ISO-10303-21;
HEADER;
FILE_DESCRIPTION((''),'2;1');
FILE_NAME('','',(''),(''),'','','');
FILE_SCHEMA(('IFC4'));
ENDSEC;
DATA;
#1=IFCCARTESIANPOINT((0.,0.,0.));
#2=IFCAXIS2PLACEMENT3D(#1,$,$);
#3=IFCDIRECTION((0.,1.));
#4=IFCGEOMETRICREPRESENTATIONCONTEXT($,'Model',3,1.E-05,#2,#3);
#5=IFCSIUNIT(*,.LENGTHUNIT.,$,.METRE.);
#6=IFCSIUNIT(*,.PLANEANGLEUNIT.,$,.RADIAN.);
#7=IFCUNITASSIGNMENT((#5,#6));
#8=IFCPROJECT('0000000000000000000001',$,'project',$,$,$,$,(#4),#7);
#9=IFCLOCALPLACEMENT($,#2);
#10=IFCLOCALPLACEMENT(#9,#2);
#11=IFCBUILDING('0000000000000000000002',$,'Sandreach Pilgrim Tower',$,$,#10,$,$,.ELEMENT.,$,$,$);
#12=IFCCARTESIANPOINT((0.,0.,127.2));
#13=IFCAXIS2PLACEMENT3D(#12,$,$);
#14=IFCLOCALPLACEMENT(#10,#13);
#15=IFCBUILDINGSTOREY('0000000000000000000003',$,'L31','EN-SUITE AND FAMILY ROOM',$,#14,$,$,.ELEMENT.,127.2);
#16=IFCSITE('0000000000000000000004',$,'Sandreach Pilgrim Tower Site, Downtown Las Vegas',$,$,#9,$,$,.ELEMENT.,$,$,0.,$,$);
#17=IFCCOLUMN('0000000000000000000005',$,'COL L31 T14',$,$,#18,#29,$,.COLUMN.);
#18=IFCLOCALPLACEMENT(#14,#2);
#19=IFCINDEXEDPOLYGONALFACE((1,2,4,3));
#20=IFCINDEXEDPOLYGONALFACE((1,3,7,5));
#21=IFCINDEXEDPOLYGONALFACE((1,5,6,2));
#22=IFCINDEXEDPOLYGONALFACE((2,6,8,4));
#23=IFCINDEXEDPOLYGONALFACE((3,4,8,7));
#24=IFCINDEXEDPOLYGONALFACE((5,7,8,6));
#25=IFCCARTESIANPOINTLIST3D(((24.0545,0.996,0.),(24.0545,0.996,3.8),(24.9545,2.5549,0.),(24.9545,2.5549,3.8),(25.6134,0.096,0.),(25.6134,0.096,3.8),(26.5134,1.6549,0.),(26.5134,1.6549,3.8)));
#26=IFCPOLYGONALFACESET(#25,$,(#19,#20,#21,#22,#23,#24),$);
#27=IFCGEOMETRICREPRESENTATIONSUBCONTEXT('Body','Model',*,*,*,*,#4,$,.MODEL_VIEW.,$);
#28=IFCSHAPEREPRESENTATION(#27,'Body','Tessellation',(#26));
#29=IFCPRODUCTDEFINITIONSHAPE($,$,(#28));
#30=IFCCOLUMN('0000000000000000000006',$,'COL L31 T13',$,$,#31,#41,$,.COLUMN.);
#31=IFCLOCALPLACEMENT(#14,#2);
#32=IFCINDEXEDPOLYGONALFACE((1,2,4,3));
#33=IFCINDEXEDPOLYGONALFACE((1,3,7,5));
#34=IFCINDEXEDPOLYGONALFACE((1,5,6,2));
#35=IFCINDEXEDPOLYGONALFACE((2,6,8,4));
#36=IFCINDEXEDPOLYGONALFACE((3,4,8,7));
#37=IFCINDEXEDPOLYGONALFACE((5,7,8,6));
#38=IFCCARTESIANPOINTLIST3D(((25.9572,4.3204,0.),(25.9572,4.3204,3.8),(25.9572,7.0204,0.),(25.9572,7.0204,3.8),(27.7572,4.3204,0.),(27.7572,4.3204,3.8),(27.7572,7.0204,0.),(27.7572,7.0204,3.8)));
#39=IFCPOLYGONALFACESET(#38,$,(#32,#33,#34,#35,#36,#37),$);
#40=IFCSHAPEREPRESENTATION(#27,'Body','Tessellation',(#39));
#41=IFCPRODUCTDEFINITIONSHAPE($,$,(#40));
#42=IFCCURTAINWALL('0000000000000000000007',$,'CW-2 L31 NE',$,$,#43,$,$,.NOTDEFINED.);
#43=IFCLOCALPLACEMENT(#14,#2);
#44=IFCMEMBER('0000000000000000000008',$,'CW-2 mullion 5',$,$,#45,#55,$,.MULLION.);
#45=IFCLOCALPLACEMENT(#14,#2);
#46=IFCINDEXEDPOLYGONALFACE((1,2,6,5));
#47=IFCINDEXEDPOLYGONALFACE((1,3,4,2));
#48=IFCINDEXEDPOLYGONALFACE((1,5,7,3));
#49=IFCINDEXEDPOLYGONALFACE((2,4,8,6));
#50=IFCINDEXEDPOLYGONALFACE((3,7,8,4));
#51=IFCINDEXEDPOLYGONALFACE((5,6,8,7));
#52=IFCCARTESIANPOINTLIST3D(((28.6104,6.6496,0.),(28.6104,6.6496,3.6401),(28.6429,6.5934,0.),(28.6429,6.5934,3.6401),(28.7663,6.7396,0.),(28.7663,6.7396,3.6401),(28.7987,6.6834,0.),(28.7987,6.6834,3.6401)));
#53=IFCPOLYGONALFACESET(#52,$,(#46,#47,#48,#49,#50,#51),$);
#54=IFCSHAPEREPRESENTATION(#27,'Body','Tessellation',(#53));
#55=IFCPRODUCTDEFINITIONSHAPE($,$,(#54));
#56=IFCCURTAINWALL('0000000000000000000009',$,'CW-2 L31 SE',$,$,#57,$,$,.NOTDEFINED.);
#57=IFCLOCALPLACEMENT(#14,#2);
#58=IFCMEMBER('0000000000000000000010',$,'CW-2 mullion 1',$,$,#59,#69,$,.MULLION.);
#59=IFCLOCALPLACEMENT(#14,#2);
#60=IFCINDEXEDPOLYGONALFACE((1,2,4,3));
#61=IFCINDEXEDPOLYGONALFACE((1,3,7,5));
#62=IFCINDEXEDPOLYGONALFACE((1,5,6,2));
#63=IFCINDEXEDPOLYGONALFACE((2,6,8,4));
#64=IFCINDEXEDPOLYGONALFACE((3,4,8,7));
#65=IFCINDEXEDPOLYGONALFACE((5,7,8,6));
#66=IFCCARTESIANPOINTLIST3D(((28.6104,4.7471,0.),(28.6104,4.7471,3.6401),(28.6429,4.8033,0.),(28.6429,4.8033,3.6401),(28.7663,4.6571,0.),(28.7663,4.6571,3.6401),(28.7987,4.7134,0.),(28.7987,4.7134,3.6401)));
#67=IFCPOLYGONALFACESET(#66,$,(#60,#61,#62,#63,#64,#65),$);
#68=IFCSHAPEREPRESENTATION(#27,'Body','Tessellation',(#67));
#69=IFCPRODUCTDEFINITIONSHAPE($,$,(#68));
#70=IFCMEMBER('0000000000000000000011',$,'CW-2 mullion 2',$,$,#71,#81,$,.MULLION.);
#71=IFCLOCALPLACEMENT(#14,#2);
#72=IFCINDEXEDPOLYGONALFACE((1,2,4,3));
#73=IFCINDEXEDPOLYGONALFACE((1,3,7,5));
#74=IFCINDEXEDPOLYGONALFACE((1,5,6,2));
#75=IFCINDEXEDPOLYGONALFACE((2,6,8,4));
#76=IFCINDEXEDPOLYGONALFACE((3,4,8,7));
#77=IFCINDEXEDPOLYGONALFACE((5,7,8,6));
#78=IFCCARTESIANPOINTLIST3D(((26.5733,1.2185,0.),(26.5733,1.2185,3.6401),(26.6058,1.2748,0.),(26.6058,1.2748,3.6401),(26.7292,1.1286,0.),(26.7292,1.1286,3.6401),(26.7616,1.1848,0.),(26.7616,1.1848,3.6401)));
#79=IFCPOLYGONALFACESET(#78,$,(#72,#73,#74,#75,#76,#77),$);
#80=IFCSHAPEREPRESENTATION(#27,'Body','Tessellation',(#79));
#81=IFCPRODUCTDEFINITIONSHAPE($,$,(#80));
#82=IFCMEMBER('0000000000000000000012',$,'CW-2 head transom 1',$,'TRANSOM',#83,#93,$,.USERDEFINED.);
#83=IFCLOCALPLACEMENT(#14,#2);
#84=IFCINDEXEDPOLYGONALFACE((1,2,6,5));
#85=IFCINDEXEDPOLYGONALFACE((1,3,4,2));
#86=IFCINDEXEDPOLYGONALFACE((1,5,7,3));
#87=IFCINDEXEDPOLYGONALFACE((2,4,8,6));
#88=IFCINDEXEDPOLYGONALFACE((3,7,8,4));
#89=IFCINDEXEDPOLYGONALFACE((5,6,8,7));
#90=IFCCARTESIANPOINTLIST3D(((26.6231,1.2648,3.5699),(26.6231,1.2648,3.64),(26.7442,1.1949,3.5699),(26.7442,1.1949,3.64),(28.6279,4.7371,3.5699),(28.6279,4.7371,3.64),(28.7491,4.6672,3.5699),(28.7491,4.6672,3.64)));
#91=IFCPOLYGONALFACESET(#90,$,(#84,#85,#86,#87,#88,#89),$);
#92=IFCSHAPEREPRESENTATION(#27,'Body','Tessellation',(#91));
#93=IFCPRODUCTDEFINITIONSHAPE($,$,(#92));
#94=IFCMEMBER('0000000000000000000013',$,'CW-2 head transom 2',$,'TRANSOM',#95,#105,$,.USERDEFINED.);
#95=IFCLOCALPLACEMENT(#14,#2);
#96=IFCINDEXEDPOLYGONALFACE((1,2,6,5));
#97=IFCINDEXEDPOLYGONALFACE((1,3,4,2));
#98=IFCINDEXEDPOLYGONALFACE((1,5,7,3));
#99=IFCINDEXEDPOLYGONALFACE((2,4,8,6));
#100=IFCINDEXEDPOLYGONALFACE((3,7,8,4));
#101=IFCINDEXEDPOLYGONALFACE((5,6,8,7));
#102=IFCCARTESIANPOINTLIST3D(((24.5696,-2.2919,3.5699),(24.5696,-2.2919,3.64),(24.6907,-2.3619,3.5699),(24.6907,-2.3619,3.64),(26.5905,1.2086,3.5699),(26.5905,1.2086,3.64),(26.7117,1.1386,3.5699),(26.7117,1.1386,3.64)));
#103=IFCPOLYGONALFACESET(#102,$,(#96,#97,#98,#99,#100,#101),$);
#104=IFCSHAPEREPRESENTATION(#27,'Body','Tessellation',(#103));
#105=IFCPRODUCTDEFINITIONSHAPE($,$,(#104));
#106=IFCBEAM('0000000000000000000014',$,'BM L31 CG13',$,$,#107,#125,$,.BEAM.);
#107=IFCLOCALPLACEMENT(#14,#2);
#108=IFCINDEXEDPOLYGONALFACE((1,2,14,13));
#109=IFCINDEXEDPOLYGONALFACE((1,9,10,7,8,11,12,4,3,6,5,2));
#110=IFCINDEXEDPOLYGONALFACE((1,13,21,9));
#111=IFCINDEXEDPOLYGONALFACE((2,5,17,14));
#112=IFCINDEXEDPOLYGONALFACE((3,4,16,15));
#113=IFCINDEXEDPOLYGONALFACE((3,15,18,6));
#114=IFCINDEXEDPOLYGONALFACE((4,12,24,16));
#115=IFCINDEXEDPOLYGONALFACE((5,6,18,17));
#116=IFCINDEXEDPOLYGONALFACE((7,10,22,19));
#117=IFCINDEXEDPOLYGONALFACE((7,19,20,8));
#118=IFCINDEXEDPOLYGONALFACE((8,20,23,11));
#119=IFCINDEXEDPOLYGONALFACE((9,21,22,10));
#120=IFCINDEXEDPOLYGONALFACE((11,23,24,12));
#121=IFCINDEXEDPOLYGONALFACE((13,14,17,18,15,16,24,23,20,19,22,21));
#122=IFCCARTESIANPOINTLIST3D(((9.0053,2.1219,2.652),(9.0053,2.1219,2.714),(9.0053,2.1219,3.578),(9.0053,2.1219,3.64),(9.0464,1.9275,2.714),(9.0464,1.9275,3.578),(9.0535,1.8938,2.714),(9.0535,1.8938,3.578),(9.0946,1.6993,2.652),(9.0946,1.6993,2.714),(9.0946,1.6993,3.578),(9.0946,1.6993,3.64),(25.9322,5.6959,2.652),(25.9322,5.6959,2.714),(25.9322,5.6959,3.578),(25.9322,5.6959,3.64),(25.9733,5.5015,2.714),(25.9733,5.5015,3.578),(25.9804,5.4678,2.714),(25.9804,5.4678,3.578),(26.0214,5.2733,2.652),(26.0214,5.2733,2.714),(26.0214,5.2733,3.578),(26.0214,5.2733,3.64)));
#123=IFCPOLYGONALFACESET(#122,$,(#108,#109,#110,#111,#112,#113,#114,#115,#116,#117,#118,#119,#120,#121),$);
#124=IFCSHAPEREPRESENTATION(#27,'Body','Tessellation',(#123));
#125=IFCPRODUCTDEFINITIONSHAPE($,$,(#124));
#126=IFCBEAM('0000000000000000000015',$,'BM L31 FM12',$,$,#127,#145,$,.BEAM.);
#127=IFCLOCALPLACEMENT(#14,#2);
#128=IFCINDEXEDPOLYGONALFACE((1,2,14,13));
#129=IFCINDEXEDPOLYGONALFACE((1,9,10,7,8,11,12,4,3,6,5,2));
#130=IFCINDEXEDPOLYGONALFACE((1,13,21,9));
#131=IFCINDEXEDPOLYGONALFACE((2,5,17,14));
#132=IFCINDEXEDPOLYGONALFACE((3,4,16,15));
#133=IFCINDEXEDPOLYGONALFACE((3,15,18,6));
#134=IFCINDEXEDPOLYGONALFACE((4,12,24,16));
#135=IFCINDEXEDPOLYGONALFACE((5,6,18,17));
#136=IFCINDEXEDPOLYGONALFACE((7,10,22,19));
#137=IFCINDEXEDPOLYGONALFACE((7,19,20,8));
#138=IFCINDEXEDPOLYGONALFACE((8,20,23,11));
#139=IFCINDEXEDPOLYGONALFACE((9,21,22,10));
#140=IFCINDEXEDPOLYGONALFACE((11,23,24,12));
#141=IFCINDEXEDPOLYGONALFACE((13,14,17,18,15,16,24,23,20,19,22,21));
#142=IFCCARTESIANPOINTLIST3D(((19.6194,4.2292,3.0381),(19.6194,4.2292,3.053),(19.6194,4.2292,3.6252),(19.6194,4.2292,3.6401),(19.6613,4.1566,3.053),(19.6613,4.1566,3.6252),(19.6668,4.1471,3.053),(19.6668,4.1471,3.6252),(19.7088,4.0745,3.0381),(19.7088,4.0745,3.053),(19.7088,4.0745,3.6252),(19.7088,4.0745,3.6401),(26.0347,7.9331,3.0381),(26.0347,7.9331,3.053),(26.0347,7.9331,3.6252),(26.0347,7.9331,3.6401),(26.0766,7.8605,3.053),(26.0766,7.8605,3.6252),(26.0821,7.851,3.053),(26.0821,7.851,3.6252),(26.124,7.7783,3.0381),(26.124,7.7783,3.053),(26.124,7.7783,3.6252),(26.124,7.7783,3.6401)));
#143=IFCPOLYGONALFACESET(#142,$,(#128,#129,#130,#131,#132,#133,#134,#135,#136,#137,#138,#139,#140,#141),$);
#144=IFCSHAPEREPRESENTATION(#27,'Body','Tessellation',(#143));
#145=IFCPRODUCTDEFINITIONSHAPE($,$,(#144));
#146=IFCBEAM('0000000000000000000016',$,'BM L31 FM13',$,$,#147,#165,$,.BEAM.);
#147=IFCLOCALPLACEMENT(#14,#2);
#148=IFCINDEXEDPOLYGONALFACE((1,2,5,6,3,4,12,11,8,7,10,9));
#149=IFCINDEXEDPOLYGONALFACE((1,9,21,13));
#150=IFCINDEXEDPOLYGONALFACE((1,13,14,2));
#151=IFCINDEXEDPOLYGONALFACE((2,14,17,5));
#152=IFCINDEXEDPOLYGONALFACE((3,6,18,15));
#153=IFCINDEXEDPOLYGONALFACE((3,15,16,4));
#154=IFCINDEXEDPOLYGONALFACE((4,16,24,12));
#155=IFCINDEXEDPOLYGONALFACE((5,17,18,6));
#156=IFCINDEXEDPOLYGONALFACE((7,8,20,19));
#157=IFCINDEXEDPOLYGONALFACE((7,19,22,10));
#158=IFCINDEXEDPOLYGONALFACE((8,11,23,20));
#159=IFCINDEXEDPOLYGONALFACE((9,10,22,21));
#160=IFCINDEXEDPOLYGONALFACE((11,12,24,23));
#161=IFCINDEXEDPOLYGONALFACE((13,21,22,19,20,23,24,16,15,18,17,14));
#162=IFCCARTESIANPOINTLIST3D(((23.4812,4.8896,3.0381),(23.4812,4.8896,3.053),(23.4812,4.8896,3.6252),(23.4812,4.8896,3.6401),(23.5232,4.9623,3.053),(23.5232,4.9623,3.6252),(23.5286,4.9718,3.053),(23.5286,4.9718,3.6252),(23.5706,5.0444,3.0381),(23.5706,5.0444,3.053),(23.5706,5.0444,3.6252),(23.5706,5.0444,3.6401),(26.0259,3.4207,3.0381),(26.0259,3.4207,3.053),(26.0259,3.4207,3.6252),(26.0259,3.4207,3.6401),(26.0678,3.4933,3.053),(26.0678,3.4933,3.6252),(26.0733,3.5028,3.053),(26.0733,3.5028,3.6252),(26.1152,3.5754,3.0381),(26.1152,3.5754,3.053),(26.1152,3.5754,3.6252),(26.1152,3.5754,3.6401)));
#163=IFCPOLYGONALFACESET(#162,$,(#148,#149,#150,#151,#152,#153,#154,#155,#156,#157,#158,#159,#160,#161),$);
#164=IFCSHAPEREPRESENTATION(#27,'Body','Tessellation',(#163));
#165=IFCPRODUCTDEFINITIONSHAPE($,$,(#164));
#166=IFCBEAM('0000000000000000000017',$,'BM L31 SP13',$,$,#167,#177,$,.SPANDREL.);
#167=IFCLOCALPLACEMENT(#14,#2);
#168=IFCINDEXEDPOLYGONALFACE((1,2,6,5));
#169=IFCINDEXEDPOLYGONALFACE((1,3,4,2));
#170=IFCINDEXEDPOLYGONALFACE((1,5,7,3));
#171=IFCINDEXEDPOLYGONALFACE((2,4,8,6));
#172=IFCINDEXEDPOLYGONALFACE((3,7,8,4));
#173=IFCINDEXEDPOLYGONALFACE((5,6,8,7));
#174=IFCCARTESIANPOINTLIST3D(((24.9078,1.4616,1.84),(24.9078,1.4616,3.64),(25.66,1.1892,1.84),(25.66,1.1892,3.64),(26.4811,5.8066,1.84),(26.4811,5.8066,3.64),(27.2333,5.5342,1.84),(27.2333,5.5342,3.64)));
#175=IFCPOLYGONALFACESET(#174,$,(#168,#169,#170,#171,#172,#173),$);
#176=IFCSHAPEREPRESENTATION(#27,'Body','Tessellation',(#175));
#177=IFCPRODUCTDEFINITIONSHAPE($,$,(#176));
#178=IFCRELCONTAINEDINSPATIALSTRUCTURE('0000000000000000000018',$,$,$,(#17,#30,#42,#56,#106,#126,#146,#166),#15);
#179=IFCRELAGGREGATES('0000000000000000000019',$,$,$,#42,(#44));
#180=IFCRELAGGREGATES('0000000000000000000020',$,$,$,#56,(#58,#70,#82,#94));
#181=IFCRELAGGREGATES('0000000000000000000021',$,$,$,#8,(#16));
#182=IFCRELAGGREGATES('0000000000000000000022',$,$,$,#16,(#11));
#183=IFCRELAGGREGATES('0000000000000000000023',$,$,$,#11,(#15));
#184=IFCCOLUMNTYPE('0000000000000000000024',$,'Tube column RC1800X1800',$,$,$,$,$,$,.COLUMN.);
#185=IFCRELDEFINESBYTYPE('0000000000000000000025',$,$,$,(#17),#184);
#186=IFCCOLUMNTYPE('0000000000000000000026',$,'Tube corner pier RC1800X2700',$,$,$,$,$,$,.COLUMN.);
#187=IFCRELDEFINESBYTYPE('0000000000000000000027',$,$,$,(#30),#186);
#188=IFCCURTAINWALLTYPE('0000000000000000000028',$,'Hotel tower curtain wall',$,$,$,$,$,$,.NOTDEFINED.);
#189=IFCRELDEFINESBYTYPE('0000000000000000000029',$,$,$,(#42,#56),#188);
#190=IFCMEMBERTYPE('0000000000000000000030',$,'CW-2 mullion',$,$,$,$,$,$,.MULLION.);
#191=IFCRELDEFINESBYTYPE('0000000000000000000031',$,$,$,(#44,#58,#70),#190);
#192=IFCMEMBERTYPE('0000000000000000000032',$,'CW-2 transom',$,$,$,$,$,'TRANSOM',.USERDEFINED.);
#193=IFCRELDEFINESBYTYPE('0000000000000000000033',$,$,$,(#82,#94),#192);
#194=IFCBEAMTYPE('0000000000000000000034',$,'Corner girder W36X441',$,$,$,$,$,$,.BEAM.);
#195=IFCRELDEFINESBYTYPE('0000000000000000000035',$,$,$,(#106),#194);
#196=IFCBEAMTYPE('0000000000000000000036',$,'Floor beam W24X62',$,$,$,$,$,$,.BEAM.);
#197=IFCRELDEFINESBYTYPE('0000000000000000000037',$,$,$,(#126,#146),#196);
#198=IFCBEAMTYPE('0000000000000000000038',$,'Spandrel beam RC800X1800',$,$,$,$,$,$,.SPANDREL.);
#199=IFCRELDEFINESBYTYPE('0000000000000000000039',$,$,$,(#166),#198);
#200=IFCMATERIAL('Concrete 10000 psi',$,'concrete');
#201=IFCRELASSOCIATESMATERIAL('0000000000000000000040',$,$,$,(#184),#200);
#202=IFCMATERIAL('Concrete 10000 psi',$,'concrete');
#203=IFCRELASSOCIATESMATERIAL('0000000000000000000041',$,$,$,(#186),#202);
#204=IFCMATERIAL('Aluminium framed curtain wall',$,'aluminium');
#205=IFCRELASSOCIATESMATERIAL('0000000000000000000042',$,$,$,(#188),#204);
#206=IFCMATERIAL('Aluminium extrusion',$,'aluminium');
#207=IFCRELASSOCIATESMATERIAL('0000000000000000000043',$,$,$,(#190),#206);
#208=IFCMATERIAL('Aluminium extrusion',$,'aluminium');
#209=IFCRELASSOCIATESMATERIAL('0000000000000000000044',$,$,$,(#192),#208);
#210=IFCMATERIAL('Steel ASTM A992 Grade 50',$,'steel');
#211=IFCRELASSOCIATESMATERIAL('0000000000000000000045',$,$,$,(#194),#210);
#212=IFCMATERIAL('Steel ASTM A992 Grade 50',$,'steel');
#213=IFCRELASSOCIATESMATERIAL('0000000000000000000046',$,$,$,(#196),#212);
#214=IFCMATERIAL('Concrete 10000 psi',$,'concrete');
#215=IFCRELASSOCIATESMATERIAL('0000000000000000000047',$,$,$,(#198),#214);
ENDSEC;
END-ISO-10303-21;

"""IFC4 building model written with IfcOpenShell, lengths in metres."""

from ifc_helpers import new_model, si_unit, direction, frame, origin, origin_2d, place, context, subcontext, project, spatial, rectangle, i_section, extrude, material, material_profile, profile_set, type_object, element, aggregate, save


model = new_model("IFC4")

# Units and contexts
model_context = context("Model", 3, precision=1e-05, world=origin(), true_north=direction((0.0, 1.0)))
body_context = subcontext(model_context, "Body", "Model", "MODEL_VIEW")
ifc_project = project(units=[si_unit("LENGTHUNIT", "METRE"), si_unit("PLANEANGLEUNIT", "RADIAN")], contexts=[model_context])

# Site, building, storey
site_placement = place(None, origin())
site = spatial("IfcSite", under=ifc_project, at=site_placement, Name="Sandreach Pilgrim Tower Site, Downtown Las Vegas", CompositionType="ELEMENT", RefElevation=0.0)
building_placement = place(site_placement, origin())
building = spatial("IfcBuilding", under=site, at=building_placement, Name="Sandreach Pilgrim Tower", CompositionType="ELEMENT")
storey_placement = place(building_placement, frame((0.0, 0.0, 127.2)))
storey = spatial("IfcBuildingStorey", under=building, at=storey_placement, Name="L31", Description="EN-SUITE AND FAMILY ROOM", CompositionType="ELEMENT", Elevation=127.2)

# Columns
ifc_material_1 = material(Name="Concrete 10000 psi", Category="concrete")
ifc_material_profile_1 = material_profile(ifc_material_1, rectangle(XDim=1.8, YDim=1.8, at=origin_2d()), Name="RC1800X1800")
ifc_profile_set_1 = profile_set([ifc_material_profile_1], Name="Concrete 10000 psi")
column_type_1 = type_object("IfcColumnType", Name="Tube column RC1800X1800", PredefinedType="COLUMN", material=ifc_profile_set_1)
column_1_placement = place(storey_placement, frame((25.2839, 1.3254, 0.0), z_axis=(0.0, 0.0, 1.0), x_axis=(0.866025, -0.5, 0.0)))
element("IfcColumn", 1, at=column_1_placement, inside=storey, type_object=column_type_1, Name="COL L31 T14", PredefinedType="COLUMN", context=body_context, shape_type="SweptSolid", body=[
    extrude(rectangle(XDim=1.8, YDim=1.8, at=origin_2d()), origin(), (0.0, 0.0, 1.0), 3.8),
])
ifc_material_2 = material(Name="Concrete 10000 psi", Category="concrete")
ifc_material_profile_2 = material_profile(ifc_material_2, rectangle(XDim=1.8, YDim=2.7, at=origin_2d()), Name="RC1800X2700")
ifc_profile_set_2 = profile_set([ifc_material_profile_2], Name="Concrete 10000 psi")
column_type_2 = type_object("IfcColumnType", Name="Tube corner pier RC1800X2700", PredefinedType="COLUMN", material=ifc_profile_set_2)
column_2_placement = place(storey_placement, frame((26.8572, 5.6704, 0.0), z_axis=(0.0, 0.0, 1.0), x_axis=(1.0, 0.0, 0.0)))
element("IfcColumn", 2, at=column_2_placement, inside=storey, type_object=column_type_2, Name="COL L31 T13", PredefinedType="COLUMN", context=body_context, shape_type="SweptSolid", body=[
    extrude(rectangle(XDim=1.8, YDim=2.7, at=origin_2d()), origin(), (0.0, 0.0, 1.0), 3.8),
])

# Curtain wall, member
ifc_material_3 = material(Name="Aluminium framed curtain wall", Category="aluminium")
curtain_wall_type = type_object("IfcCurtainWallType", Name="Hotel tower curtain wall", PredefinedType="NOTDEFINED", material=ifc_material_3)
curtain_wall_1_placement = place(storey_placement, origin())
curtain_wall_1 = element("IfcCurtainWall", 3, at=curtain_wall_1_placement, inside=storey, type_object=curtain_wall_type, Name="CW-2 L31 NE", PredefinedType="NOTDEFINED")
ifc_material_4 = material(Name="Aluminium extrusion", Category="aluminium")
ifc_material_profile_3 = material_profile(ifc_material_4, rectangle(XDim=0.0649, YDim=0.1799, at=origin_2d()), Name="CW-2M 65X180")
ifc_profile_set_3 = profile_set([ifc_material_profile_3], Name="Aluminium extrusion")
member_type_1 = type_object("IfcMemberType", Name="CW-2 mullion", PredefinedType="MULLION", material=ifc_profile_set_3)
member_1_placement = place(storey_placement, frame((28.7046, 6.6665, 0.0), z_axis=(0.0, 0.0, 1.0), x_axis=(0.5, -0.866025, 0.0)))
member_1 = element("IfcMember", 4, at=member_1_placement, type_object=member_type_1, Name="CW-2 mullion 5", PredefinedType="MULLION", context=body_context, shape_type="SweptSolid", body=[
    extrude(rectangle(XDim=0.0649, YDim=0.1799, at=origin_2d()), origin(), (0.0, 0.0, 1.0), 3.6401),
])
aggregate(curtain_wall_1, [member_1])

# Curtain wall, members
curtain_wall_2_placement = place(storey_placement, origin())
curtain_wall_2 = element("IfcCurtainWall", 5, at=curtain_wall_2_placement, inside=storey, type_object=curtain_wall_type, Name="CW-2 L31 SE", PredefinedType="NOTDEFINED")
member_2_placement = place(storey_placement, frame((28.7046, 4.7302, 0.0), z_axis=(0.0, 0.0, 1.0), x_axis=(-0.5, -0.866025, 0.0)))
member_2 = element("IfcMember", 6, at=member_2_placement, type_object=member_type_1, Name="CW-2 mullion 1", PredefinedType="MULLION", context=body_context, shape_type="SweptSolid", body=[
    extrude(rectangle(XDim=0.0649, YDim=0.1799, at=origin_2d()), origin(), (0.0, 0.0, 1.0), 3.6401),
])
member_3_placement = place(storey_placement, frame((26.6675, 1.2017, 0.0), z_axis=(0.0, 0.0, 1.0), x_axis=(-0.5, -0.866025, 0.0)))
member_3 = element("IfcMember", 7, at=member_3_placement, type_object=member_type_1, Name="CW-2 mullion 2", PredefinedType="MULLION", context=body_context, shape_type="SweptSolid", body=[
    extrude(rectangle(XDim=0.0649, YDim=0.1799, at=origin_2d()), origin(), (0.0, 0.0, 1.0), 3.6401),
])
ifc_material_5 = material(Name="Aluminium extrusion", Category="aluminium")
ifc_material_profile_4 = material_profile(ifc_material_5, rectangle(XDim=0.1399, YDim=0.0701, at=origin_2d()), Name="CW-2T 140X70")
ifc_profile_set_4 = profile_set([ifc_material_profile_4], Name="Aluminium extrusion")
member_type_2 = type_object("IfcMemberType", Name="CW-2 transom", ElementType="TRANSOM", PredefinedType="USERDEFINED", material=ifc_profile_set_4)
member_4_placement = place(storey_placement, frame((28.6885, 4.7021, 3.605), z_axis=(-0.500016, -0.866016, 0.0), x_axis=(0.866016, -0.500016, 0.0)))
member_4 = element("IfcMember", 8, at=member_4_placement, type_object=member_type_2, Name="CW-2 head transom 1", ObjectType="TRANSOM", PredefinedType="USERDEFINED", context=body_context, shape_type="SweptSolid", body=[
    extrude(rectangle(XDim=0.1399, YDim=0.0701, at=origin_2d()), origin(), (0.0, 0.0, 1.0), 4.0095),
])
member_5_placement = place(storey_placement, frame((26.6511, 1.1736, 3.605), z_axis=(-0.499998, -0.866027, 0.0), x_axis=(0.866027, -0.499998, 0.0)))
member_5 = element("IfcMember", 9, at=member_5_placement, type_object=member_type_2, Name="CW-2 head transom 2", ObjectType="TRANSOM", PredefinedType="USERDEFINED", context=body_context, shape_type="SweptSolid", body=[
    extrude(rectangle(XDim=0.1399, YDim=0.0701, at=origin_2d()), origin(), (0.0, 0.0, 1.0), 4.042),
])

# Beams
ifc_material_6 = material(Name="Steel ASTM A992 Grade 50", Category="steel")
ifc_material_profile_5 = material_profile(ifc_material_6, i_section(OverallWidth=0.4319, OverallDepth=0.988, WebThickness=0.0344, FlangeThickness=0.062, at=origin_2d()), Name="W36X441")
ifc_profile_set_5 = profile_set([ifc_material_profile_5], Name="Steel ASTM A992 Grade 50")
beam_type_1 = type_object("IfcBeamType", Name="Corner girder W36X441", PredefinedType="BEAM", material=ifc_profile_set_5)
beam_1_placement = place(storey_placement, frame((25.9768, 5.4846, 3.146), z_axis=(-0.978428, -0.206589, 0.0), x_axis=(0.206589, -0.978428, 0.0)))
element("IfcBeam", 10, at=beam_1_placement, inside=storey, type_object=beam_type_1, Name="BM L31 CG13", PredefinedType="BEAM", context=body_context, shape_type="SweptSolid", body=[
    extrude(i_section(OverallWidth=0.4319, OverallDepth=0.988, WebThickness=0.0344, FlangeThickness=0.062, at=origin_2d()), origin(), (0.0, 0.0, 1.0), 17.3),
])
ifc_material_7 = material(Name="Steel ASTM A992 Grade 50", Category="steel")
ifc_material_profile_6 = material_profile(ifc_material_7, i_section(OverallWidth=0.1787, OverallDepth=0.6021, WebThickness=0.011, FlangeThickness=0.0149, at=origin_2d()), Name="W24X62")
ifc_profile_set_6 = profile_set([ifc_material_profile_6], Name="Steel ASTM A992 Grade 50")
beam_type_2 = type_object("IfcBeamType", Name="Floor beam W24X62", PredefinedType="BEAM", material=ifc_profile_set_6)
beam_2_placement = place(storey_placement, frame((26.0793, 7.8557, 3.3391), z_axis=(-0.866026, -0.499999, 0.0), x_axis=(0.499999, -0.866026, 0.0)))
element("IfcBeam", 11, at=beam_2_placement, inside=storey, type_object=beam_type_2, Name="BM L31 FM12", PredefinedType="BEAM", context=body_context, shape_type="SweptSolid", body=[
    extrude(i_section(OverallWidth=0.1787, OverallDepth=0.6021, WebThickness=0.011, FlangeThickness=0.0149, at=origin_2d()), origin(), (0.0, 0.0, 1.0), 7.4077),
])
beam_3_placement = place(storey_placement, frame((26.0706, 3.498, 3.3391), z_axis=(-0.866051, 0.499955, 0.0), x_axis=(-0.499955, -0.866051, 0.0)))
element("IfcBeam", 12, at=beam_3_placement, inside=storey, type_object=beam_type_2, Name="BM L31 FM13", PredefinedType="BEAM", context=body_context, shape_type="SweptSolid", body=[
    extrude(i_section(OverallWidth=0.1787, OverallDepth=0.6021, WebThickness=0.011, FlangeThickness=0.0149, at=origin_2d()), origin(), (0.0, 0.0, 1.0), 2.9382),
])
ifc_material_8 = material(Name="Concrete 10000 psi", Category="concrete")
ifc_material_profile_7 = material_profile(ifc_material_8, rectangle(XDim=0.8, YDim=1.8, at=origin_2d()), Name="RC800X1800")
ifc_profile_set_7 = profile_set([ifc_material_profile_7], Name="Concrete 10000 psi")
beam_type_3 = type_object("IfcBeamType", Name="Spandrel beam RC800X1800", PredefinedType="SPANDREL", material=ifc_profile_set_7)
beam_4_placement = place(storey_placement, frame((26.8572, 5.6704, 2.74), z_axis=(-0.340453, -0.940261, 0.0), x_axis=(0.940261, -0.340453, 0.0)))
element("IfcBeam", 13, at=beam_4_placement, inside=storey, type_object=beam_type_3, Name="BM L31 SP13", PredefinedType="SPANDREL", context=body_context, shape_type="SweptSolid", body=[
    extrude(rectangle(XDim=0.8, YDim=1.8, at=origin_2d()), origin(), (0.0, 0.0, 1.0), 4.6211),
])

aggregate(curtain_wall_2, [member_2, member_3, member_4, member_5])

save(model, "model.ifc")
